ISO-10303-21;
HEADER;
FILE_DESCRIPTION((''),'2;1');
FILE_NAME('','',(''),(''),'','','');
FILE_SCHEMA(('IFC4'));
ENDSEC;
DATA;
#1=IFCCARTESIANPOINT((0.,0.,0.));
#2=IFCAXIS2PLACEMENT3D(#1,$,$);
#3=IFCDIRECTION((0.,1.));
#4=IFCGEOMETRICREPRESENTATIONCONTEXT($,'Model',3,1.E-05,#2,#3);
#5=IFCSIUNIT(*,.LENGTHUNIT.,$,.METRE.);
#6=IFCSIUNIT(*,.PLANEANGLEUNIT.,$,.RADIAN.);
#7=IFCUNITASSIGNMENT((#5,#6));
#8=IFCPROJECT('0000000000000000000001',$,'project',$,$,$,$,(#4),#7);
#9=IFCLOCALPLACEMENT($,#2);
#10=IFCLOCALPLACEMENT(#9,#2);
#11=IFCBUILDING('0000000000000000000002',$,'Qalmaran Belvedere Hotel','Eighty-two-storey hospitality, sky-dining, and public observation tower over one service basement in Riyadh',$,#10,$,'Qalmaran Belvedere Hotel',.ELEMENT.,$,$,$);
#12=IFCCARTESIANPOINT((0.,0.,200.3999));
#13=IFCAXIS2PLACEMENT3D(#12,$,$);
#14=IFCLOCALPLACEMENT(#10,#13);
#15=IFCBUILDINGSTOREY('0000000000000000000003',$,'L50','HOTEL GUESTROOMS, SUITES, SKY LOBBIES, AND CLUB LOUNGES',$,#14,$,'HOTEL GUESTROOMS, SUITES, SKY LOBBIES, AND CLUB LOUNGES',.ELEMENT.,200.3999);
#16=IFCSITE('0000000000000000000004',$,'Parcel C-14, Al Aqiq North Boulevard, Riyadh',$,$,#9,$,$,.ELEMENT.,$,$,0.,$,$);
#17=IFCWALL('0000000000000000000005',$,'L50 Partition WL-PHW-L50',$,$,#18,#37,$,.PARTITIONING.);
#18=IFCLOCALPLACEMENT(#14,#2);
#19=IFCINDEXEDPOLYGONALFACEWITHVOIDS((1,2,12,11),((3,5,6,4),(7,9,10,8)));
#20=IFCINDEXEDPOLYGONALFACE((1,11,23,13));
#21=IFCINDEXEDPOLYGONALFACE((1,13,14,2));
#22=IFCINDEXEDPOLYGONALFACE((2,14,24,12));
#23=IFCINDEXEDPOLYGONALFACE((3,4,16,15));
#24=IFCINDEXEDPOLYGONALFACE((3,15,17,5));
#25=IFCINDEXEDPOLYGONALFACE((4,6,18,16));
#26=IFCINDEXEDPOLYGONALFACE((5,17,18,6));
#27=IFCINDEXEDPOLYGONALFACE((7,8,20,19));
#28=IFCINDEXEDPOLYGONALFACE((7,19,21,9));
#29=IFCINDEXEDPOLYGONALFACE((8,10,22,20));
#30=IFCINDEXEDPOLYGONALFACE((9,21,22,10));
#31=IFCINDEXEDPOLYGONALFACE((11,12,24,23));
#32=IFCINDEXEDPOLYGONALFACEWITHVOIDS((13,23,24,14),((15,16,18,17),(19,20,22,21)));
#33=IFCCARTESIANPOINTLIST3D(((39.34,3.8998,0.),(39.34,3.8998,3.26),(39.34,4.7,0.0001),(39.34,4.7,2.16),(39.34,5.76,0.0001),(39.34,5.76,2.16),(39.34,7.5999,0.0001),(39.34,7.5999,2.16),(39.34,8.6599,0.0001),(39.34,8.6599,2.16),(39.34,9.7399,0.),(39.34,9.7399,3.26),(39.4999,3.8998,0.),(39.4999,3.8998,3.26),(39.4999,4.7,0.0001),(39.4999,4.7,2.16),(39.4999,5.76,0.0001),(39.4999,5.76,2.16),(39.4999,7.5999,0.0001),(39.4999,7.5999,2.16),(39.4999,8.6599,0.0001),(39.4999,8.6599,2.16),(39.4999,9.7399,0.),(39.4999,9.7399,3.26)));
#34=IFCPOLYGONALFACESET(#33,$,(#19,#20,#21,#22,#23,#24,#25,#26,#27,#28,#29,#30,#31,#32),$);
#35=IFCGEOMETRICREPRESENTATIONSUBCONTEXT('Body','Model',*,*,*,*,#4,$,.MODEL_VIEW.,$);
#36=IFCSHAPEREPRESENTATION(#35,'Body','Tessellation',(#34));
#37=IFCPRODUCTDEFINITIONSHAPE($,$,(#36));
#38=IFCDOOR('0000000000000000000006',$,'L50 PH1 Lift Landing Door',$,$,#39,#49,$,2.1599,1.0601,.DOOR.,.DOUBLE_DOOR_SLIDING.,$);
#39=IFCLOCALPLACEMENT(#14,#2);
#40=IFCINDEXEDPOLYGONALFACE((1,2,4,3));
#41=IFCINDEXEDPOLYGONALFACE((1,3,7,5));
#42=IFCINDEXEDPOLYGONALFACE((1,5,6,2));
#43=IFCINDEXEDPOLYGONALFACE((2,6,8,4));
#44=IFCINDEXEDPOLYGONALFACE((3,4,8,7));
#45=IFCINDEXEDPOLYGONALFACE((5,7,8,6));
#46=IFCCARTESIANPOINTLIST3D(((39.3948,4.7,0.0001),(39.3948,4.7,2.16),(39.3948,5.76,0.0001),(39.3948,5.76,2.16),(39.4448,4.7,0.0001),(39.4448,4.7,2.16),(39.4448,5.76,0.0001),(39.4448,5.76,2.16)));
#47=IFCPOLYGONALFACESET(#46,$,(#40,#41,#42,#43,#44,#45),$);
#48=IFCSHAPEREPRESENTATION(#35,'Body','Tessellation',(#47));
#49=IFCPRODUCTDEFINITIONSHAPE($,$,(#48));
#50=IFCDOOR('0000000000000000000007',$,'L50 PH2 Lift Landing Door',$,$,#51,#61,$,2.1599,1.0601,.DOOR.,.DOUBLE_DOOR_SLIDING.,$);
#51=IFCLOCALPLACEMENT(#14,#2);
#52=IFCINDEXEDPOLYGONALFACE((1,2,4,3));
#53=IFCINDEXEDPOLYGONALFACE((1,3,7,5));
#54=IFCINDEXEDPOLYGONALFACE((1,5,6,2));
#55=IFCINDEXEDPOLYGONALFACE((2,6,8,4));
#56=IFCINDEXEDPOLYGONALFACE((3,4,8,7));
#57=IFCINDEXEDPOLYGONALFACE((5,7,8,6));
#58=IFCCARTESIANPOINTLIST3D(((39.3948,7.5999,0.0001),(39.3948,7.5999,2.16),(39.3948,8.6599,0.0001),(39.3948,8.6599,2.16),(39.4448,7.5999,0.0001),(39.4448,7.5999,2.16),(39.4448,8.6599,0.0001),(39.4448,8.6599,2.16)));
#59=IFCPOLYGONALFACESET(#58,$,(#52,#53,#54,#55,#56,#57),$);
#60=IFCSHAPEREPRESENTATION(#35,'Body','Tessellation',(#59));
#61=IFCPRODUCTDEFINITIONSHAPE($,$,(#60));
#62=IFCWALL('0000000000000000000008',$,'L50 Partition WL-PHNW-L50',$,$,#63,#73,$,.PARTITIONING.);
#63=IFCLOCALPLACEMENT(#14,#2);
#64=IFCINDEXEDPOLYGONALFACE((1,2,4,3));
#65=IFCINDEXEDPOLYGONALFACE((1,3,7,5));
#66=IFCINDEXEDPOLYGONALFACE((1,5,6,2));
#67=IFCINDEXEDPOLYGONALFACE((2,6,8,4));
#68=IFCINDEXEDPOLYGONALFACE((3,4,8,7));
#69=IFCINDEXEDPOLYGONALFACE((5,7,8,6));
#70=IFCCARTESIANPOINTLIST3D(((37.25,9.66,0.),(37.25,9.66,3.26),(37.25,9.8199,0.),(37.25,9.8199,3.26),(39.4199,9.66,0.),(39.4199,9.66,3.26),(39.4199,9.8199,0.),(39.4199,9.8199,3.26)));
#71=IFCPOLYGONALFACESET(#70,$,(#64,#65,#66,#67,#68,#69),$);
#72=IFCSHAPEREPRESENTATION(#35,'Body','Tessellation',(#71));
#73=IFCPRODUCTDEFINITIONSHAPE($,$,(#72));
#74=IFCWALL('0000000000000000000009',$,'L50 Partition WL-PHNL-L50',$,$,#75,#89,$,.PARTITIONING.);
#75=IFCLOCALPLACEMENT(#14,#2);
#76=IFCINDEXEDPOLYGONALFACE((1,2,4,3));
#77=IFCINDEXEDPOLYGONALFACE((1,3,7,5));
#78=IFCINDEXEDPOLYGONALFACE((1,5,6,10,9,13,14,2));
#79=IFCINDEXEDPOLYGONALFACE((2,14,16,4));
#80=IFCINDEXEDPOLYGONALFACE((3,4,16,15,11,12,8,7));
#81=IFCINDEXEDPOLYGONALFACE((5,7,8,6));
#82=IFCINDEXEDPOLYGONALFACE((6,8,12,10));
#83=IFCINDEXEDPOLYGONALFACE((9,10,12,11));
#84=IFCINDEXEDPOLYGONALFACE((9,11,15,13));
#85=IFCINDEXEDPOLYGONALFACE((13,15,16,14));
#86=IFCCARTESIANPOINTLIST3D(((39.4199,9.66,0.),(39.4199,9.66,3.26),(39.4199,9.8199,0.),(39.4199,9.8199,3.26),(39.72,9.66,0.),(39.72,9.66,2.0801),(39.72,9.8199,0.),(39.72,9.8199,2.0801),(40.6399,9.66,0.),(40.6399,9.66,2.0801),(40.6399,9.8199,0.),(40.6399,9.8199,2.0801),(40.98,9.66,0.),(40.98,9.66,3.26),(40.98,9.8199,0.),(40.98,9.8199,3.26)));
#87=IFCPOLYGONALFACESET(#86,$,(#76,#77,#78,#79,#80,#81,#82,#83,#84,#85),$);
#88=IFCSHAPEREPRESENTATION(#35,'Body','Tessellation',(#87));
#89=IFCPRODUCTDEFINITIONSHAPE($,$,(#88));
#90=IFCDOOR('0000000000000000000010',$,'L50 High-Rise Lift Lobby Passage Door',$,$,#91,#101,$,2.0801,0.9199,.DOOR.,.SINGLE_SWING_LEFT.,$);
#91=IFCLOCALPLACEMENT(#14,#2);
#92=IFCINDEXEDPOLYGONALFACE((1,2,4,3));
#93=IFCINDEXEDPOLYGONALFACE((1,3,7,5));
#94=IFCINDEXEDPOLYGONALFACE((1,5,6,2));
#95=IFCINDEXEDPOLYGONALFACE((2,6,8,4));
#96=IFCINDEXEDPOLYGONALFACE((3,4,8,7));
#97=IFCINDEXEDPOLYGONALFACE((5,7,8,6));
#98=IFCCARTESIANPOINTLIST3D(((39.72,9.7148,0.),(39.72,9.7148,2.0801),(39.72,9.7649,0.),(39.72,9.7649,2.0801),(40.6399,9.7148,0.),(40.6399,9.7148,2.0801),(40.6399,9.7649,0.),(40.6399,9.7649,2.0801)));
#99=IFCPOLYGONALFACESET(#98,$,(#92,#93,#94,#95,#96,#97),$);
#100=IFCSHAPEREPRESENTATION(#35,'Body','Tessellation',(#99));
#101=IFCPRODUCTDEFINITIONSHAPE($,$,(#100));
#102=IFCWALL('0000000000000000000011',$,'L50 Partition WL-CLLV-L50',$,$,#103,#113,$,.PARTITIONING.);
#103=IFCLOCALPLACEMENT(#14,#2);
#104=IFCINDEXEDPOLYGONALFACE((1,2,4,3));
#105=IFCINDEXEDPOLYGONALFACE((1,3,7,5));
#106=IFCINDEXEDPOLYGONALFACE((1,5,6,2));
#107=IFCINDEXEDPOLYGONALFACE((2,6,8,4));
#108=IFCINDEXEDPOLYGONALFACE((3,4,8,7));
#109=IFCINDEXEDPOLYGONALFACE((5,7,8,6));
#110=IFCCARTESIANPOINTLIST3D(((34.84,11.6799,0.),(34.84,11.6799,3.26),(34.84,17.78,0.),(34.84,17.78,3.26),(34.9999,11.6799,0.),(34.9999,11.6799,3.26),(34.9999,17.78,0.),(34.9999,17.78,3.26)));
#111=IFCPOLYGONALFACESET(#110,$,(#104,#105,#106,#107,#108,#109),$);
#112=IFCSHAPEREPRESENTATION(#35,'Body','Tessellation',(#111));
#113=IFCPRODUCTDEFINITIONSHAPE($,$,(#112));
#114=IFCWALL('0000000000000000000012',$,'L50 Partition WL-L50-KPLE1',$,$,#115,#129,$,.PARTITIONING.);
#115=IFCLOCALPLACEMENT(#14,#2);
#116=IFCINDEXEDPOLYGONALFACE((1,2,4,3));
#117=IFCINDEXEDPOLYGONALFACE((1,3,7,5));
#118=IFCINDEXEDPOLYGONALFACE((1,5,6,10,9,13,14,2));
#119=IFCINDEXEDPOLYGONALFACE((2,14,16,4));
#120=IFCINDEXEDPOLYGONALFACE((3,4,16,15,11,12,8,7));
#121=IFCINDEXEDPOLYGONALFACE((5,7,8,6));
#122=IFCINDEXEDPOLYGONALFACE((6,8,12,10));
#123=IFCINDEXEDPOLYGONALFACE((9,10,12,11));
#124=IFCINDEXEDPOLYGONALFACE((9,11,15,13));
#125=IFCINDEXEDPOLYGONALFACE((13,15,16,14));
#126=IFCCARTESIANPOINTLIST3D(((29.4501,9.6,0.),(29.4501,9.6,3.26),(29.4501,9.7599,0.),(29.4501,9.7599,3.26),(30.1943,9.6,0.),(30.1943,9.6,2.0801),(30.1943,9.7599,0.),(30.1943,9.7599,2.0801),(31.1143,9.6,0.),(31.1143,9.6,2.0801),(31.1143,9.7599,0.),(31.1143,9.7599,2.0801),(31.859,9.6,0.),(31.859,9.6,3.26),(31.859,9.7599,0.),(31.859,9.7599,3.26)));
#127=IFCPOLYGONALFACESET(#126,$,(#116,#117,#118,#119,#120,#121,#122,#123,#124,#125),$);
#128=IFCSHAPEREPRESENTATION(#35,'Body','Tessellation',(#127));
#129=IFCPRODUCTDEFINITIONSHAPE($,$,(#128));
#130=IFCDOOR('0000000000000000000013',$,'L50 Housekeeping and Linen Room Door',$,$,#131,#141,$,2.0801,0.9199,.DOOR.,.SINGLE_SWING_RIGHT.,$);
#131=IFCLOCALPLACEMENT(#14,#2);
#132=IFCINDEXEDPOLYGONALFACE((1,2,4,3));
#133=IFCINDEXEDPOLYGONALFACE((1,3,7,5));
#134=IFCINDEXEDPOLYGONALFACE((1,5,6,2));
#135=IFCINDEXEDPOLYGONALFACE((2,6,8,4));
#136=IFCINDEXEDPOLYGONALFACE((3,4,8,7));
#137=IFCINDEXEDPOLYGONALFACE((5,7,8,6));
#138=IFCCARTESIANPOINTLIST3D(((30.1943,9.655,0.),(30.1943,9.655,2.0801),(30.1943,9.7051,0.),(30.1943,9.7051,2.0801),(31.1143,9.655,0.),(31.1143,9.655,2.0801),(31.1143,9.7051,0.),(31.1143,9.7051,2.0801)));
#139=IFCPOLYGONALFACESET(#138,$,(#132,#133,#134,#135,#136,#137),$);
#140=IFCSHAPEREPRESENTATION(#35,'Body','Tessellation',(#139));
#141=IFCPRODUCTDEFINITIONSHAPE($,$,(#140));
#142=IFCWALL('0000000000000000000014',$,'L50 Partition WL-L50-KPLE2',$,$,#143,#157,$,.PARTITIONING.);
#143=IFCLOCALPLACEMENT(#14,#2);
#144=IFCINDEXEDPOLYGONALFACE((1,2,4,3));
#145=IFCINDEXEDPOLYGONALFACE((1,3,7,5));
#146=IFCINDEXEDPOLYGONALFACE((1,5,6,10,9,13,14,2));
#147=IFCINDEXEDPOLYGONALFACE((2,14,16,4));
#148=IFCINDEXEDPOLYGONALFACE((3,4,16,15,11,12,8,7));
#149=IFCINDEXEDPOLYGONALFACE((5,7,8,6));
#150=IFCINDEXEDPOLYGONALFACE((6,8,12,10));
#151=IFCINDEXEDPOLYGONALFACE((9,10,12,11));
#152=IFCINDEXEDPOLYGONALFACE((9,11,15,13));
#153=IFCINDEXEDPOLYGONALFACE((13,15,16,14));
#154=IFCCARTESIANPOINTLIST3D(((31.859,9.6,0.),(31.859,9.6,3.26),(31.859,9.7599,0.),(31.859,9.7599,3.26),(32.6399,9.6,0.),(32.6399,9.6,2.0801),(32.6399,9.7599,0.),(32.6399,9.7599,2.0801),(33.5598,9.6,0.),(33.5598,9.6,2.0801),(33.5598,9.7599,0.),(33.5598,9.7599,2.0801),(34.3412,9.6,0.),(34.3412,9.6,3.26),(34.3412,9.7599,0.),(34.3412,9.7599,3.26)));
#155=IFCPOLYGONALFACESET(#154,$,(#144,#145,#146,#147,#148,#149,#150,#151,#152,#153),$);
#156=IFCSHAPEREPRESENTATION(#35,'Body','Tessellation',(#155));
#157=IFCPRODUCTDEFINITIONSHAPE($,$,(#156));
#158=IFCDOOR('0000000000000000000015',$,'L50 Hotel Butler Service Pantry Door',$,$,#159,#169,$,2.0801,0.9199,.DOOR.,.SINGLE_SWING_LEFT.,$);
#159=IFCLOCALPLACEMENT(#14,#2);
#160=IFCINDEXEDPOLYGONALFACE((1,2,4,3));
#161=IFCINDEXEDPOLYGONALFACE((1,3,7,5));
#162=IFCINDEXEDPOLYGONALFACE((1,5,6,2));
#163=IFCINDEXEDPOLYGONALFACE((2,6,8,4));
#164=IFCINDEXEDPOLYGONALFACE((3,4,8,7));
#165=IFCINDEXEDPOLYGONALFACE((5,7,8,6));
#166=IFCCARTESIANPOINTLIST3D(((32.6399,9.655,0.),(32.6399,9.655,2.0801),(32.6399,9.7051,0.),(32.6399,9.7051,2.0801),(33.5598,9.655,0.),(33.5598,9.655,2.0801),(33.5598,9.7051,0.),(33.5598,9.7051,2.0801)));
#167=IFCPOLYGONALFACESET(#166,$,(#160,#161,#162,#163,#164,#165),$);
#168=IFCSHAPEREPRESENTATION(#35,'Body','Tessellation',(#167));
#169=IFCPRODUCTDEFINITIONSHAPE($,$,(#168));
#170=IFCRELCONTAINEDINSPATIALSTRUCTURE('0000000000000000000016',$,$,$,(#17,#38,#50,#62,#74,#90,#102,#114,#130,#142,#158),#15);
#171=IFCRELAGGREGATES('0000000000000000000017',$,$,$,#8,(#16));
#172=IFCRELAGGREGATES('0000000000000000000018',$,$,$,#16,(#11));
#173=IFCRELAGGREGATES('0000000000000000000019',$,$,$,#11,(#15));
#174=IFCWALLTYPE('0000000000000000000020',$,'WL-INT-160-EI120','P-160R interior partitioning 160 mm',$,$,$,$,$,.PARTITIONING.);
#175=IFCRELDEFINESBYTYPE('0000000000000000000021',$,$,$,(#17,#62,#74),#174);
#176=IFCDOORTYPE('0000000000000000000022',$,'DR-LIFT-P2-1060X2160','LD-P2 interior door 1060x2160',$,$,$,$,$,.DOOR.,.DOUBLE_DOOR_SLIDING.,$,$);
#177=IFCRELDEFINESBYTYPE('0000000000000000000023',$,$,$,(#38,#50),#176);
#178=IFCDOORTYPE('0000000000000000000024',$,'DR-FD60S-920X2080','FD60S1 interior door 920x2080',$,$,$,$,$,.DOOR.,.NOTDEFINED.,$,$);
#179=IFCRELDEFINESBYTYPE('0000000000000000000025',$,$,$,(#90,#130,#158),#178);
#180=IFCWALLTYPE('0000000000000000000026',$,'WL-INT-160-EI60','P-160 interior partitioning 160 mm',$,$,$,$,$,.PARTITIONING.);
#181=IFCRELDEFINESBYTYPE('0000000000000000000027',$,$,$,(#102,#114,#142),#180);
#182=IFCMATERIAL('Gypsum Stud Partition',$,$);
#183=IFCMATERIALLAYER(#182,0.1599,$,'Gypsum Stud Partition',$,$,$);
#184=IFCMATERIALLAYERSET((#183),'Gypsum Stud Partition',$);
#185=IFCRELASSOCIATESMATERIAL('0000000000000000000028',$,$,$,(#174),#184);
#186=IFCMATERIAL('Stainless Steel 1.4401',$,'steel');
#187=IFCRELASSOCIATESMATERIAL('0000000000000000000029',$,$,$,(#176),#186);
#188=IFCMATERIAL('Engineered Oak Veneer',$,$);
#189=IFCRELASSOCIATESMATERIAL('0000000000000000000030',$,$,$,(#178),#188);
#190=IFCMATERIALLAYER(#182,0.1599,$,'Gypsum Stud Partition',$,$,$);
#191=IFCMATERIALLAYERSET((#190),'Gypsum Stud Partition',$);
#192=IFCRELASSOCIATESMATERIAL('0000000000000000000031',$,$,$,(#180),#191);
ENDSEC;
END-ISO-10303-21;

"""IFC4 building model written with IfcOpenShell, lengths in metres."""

from ifc_helpers import new_model, si_unit, direction, frame, frame_2d, origin, place, context, subcontext, project, spatial, rectangle, extrude, material, layer, layer_set, type_object, element, fill, save


model = new_model("IFC4")

# Units and contexts
model_context = context("Model", 3, precision=1e-05, world=origin(), true_north=direction((0.0, 1.0)))
body_context = subcontext(model_context, "Body", "Model", "MODEL_VIEW")
ifc_project = project(units=[si_unit("LENGTHUNIT", "METRE"), si_unit("PLANEANGLEUNIT", "RADIAN")], contexts=[model_context])

# Site, building, storey
site_placement = place(None, origin())
site = spatial("IfcSite", under=ifc_project, at=site_placement, Name="Parcel C-14, Al Aqiq North Boulevard, Riyadh", CompositionType="ELEMENT", RefElevation=0.0)
building_placement = place(site_placement, origin())
building = spatial("IfcBuilding", under=site, at=building_placement, Name="Qalmaran Belvedere Hotel", Description="Eighty-two-storey hospitality, sky-dining, and public observation tower over one service basement in Riyadh", LongName="Qalmaran Belvedere Hotel", CompositionType="ELEMENT")
storey_placement = place(building_placement, frame((0.0, 0.0, 200.3999)))
storey = spatial("IfcBuildingStorey", under=building, at=storey_placement, Name="L50", Description="HOTEL GUESTROOMS, SUITES, SKY LOBBIES, AND CLUB LOUNGES", LongName="HOTEL GUESTROOMS, SUITES, SKY LOBBIES, AND CLUB LOUNGES", CompositionType="ELEMENT", Elevation=200.3999)

# Shared definitions
ifc_material_1 = material(Name="Gypsum Stud Partition")

# Wall, openings, doors
ifc_layer_1 = layer(ifc_material_1, 0.1599, Name="Gypsum Stud Partition")
ifc_layer_set_1 = layer_set([ifc_layer_1], Name="Gypsum Stud Partition")
wall_type_1 = type_object("IfcWallType", Name="WL-INT-160-EI120", Description="P-160R interior partitioning 160 mm", PredefinedType="PARTITIONING", material=ifc_layer_set_1)
wall_1_placement = place(storey_placement, frame((39.4199, 3.8999, 0.0), z_axis=(0.0, 0.0, 1.0), x_axis=(0.0, 1.0, 0.0)))
wall_1 = element("IfcWall", 1, at=wall_1_placement, inside=storey, type_object=wall_type_1, Name="L50 Partition WL-PHW-L50", PredefinedType="PARTITIONING", context=body_context, shape_type="SweptSolid", body=[
    extrude(rectangle(XDim=5.8401, YDim=0.1599, at=frame_2d((2.9199, 0.0))), origin(), (0.0, 0.0, 1.0), 3.26),
])
opening_1_placement = place(wall_1_placement, frame((1.8601, 0.0, 0.0), z_axis=(0.0, 0.0, 1.0), x_axis=(-1.0, 0.0, 0.0)))
opening_1 = element("IfcOpeningElement", 2, at=opening_1_placement, cuts=wall_1, PredefinedType="OPENING", context=body_context, shape_type="SweptSolid", body=[
    extrude(rectangle(XDim=1.0601, YDim=2.1599, at=frame_2d((0.53, 1.0801))), frame((0.0, 0.0898, 0.0), z_axis=(0.0, -1.0, 0.0), x_axis=(1.0, 0.0, 0.0)), (0.0, 0.0, 1.0), 0.1799),
])
opening_2_placement = place(wall_1_placement, frame((4.76, 0.0, 0.0), z_axis=(0.0, 0.0, 1.0), x_axis=(-1.0, 0.0, 0.0)))
opening_2 = element("IfcOpeningElement", 3, at=opening_2_placement, cuts=wall_1, PredefinedType="OPENING", context=body_context, shape_type="SweptSolid", body=[
    extrude(rectangle(XDim=1.0601, YDim=2.1599, at=frame_2d((0.53, 1.0801))), frame((0.0, 0.0898, 0.0), z_axis=(0.0, -1.0, 0.0), x_axis=(1.0, 0.0, 0.0)), (0.0, 0.0, 1.0), 0.1799),
])
ifc_material_2 = material(Name="Stainless Steel 1.4401", Category="steel")
door_type_1 = type_object("IfcDoorType", Name="DR-LIFT-P2-1060X2160", Description="LD-P2 interior door 1060x2160", OperationType="DOUBLE_DOOR_SLIDING", PredefinedType="DOOR", material=ifc_material_2)
door_1_placement = place(opening_1_placement, origin())
door_1 = element("IfcDoor", 4, at=door_1_placement, inside=storey, type_object=door_type_1, Name="L50 PH1 Lift Landing Door", OperationType="DOUBLE_DOOR_SLIDING", OverallHeight=2.1599, OverallWidth=1.0601, PredefinedType="DOOR", context=body_context, shape_type="SweptSolid", body=[
    extrude(rectangle(XDim=1.0601, YDim=2.1599, at=frame_2d((0.53, 1.0801))), frame((0.0, 0.0249, 0.0), z_axis=(0.0, -1.0, 0.0), x_axis=(1.0, 0.0, 0.0)), (0.0, 0.0, 1.0), 0.05),
])
fill(opening_1, door_1)
door_2_placement = place(opening_2_placement, origin())
door_2 = element("IfcDoor", 5, at=door_2_placement, inside=storey, type_object=door_type_1, Name="L50 PH2 Lift Landing Door", OperationType="DOUBLE_DOOR_SLIDING", OverallHeight=2.1599, OverallWidth=1.0601, PredefinedType="DOOR", context=body_context, shape_type="SweptSolid", body=[
    extrude(rectangle(XDim=1.0601, YDim=2.1599, at=frame_2d((0.53, 1.0801))), frame((0.0, 0.0249, 0.0), z_axis=(0.0, -1.0, 0.0), x_axis=(1.0, 0.0, 0.0)), (0.0, 0.0, 1.0), 0.05),
])
fill(opening_2, door_2)

# Wall
wall_2_placement = place(storey_placement, frame((37.25, 9.74, 0.0), z_axis=(0.0, 0.0, 1.0), x_axis=(1.0, 0.0, 0.0)))
element("IfcWall", 6, at=wall_2_placement, inside=storey, type_object=wall_type_1, Name="L50 Partition WL-PHNW-L50", PredefinedType="PARTITIONING", context=body_context, shape_type="SweptSolid", body=[
    extrude(rectangle(XDim=2.1699, YDim=0.1599, at=frame_2d((1.085, 0.0))), origin(), (0.0, 0.0, 1.0), 3.26),
])

# Wall, opening, door
wall_3_placement = place(storey_placement, frame((39.4199, 9.74, 0.0), z_axis=(0.0, 0.0, 1.0), x_axis=(1.0, 0.0, 0.0)))
wall_3 = element("IfcWall", 7, at=wall_3_placement, inside=storey, type_object=wall_type_1, Name="L50 Partition WL-PHNL-L50", PredefinedType="PARTITIONING", context=body_context, shape_type="SweptSolid", body=[
    extrude(rectangle(XDim=1.5601, YDim=0.1599, at=frame_2d((0.78, 0.0))), origin(), (0.0, 0.0, 1.0), 3.26),
])
opening_3_placement = place(wall_3_placement, frame((0.3, 0.0, 0.0)))
opening_3 = element("IfcOpeningElement", 8, at=opening_3_placement, cuts=wall_3, PredefinedType="OPENING", context=body_context, shape_type="SweptSolid", body=[
    extrude(rectangle(XDim=0.9199, YDim=2.0801, at=frame_2d((0.46, 1.04))), frame((0.0, 0.0898, 0.0), z_axis=(0.0, -1.0, 0.0), x_axis=(1.0, 0.0, 0.0)), (0.0, 0.0, 1.0), 0.1799),
])
ifc_material_3 = material(Name="Engineered Oak Veneer")
door_type_2 = type_object("IfcDoorType", Name="DR-FD60S-920X2080", Description="FD60S1 interior door 920x2080", OperationType="NOTDEFINED", PredefinedType="DOOR", material=ifc_material_3)
door_3_placement = place(opening_3_placement, origin())
door_3 = element("IfcDoor", 9, at=door_3_placement, inside=storey, type_object=door_type_2, Name="L50 High-Rise Lift Lobby Passage Door", OperationType="SINGLE_SWING_LEFT", OverallHeight=2.0801, OverallWidth=0.9199, PredefinedType="DOOR", context=body_context, shape_type="SweptSolid", body=[
    extrude(rectangle(XDim=0.9199, YDim=2.0801, at=frame_2d((0.46, 1.04))), frame((0.0, 0.0249, 0.0), z_axis=(0.0, -1.0, 0.0), x_axis=(1.0, 0.0, 0.0)), (0.0, 0.0, 1.0), 0.05),
])
fill(opening_3, door_3)

# Wall
ifc_layer_2 = layer(ifc_material_1, 0.1599, Name="Gypsum Stud Partition")
ifc_layer_set_2 = layer_set([ifc_layer_2], Name="Gypsum Stud Partition")
wall_type_2 = type_object("IfcWallType", Name="WL-INT-160-EI60", Description="P-160 interior partitioning 160 mm", PredefinedType="PARTITIONING", material=ifc_layer_set_2)
wall_4_placement = place(storey_placement, frame((34.9199, 11.6799, 0.0), z_axis=(0.0, 0.0, 1.0), x_axis=(0.0, 1.0, 0.0)))
element("IfcWall", 10, at=wall_4_placement, inside=storey, type_object=wall_type_2, Name="L50 Partition WL-CLLV-L50", PredefinedType="PARTITIONING", context=body_context, shape_type="SweptSolid", body=[
    extrude(rectangle(XDim=6.1001, YDim=0.1599, at=frame_2d((3.05, 0.0))), origin(), (0.0, 0.0, 1.0), 3.26),
])

# Walls, openings, doors
wall_5_placement = place(storey_placement, frame((29.45, 9.6799, 0.0), z_axis=(0.0, 0.0, 1.0), x_axis=(1.0, 0.0, 0.0)))
wall_5 = element("IfcWall", 11, at=wall_5_placement, inside=storey, type_object=wall_type_2, Name="L50 Partition WL-L50-KPLE1", PredefinedType="PARTITIONING", context=body_context, shape_type="SweptSolid", body=[
    extrude(rectangle(XDim=2.4089, YDim=0.1599, at=frame_2d((1.2046, 0.0))), origin(), (0.0, 0.0, 1.0), 3.26),
])
opening_4_placement = place(wall_5_placement, frame((1.6643, 0.0, 0.0), z_axis=(0.0, 0.0, 1.0), x_axis=(-1.0, 0.0, 0.0)))
opening_4 = element("IfcOpeningElement", 12, at=opening_4_placement, cuts=wall_5, PredefinedType="OPENING", context=body_context, shape_type="SweptSolid", body=[
    extrude(rectangle(XDim=0.9199, YDim=2.0801, at=frame_2d((0.46, 1.04))), frame((0.0, 0.0898, 0.0), z_axis=(0.0, -1.0, 0.0), x_axis=(1.0, 0.0, 0.0)), (0.0, 0.0, 1.0), 0.1799),
])
door_4_placement = place(opening_4_placement, origin())
door_4 = element("IfcDoor", 13, at=door_4_placement, inside=storey, type_object=door_type_2, Name="L50 Housekeeping and Linen Room Door", OperationType="SINGLE_SWING_RIGHT", OverallHeight=2.0801, OverallWidth=0.9199, PredefinedType="DOOR", context=body_context, shape_type="SweptSolid", body=[
    extrude(rectangle(XDim=0.9199, YDim=2.0801, at=frame_2d((0.46, 1.04))), frame((0.0, 0.0249, 0.0), z_axis=(0.0, -1.0, 0.0), x_axis=(1.0, 0.0, 0.0)), (0.0, 0.0, 1.0), 0.05),
])
fill(opening_4, door_4)
wall_6_placement = place(storey_placement, frame((31.8589, 9.6799, 0.0), z_axis=(0.0, 0.0, 1.0), x_axis=(1.0, 0.0, 0.0)))
wall_6 = element("IfcWall", 14, at=wall_6_placement, inside=storey, type_object=wall_type_2, Name="L50 Partition WL-L50-KPLE2", PredefinedType="PARTITIONING", context=body_context, shape_type="SweptSolid", body=[
    extrude(rectangle(XDim=2.4822, YDim=0.1599, at=frame_2d((1.2412, 0.0))), origin(), (0.0, 0.0, 1.0), 3.26),
])
opening_5_placement = place(wall_6_placement, frame((1.7009, 0.0, 0.0), z_axis=(0.0, 0.0, 1.0), x_axis=(-1.0, 0.0, 0.0)))
opening_5 = element("IfcOpeningElement", 15, at=opening_5_placement, cuts=wall_6, PredefinedType="OPENING", context=body_context, shape_type="SweptSolid", body=[
    extrude(rectangle(XDim=0.9199, YDim=2.0801, at=frame_2d((0.46, 1.04))), frame((0.0, 0.0898, 0.0), z_axis=(0.0, -1.0, 0.0), x_axis=(1.0, 0.0, 0.0)), (0.0, 0.0, 1.0), 0.1799),
])
door_5_placement = place(opening_5_placement, origin())
door_5 = element("IfcDoor", 16, at=door_5_placement, inside=storey, type_object=door_type_2, Name="L50 Hotel Butler Service Pantry Door", OperationType="SINGLE_SWING_LEFT", OverallHeight=2.0801, OverallWidth=0.9199, PredefinedType="DOOR", context=body_context, shape_type="SweptSolid", body=[
    extrude(rectangle(XDim=0.9199, YDim=2.0801, at=frame_2d((0.46, 1.04))), frame((0.0, 0.0249, 0.0), z_axis=(0.0, -1.0, 0.0), x_axis=(1.0, 0.0, 0.0)), (0.0, 0.0, 1.0), 0.05),
])
fill(opening_5, door_5)

save(model, "model.ifc")
